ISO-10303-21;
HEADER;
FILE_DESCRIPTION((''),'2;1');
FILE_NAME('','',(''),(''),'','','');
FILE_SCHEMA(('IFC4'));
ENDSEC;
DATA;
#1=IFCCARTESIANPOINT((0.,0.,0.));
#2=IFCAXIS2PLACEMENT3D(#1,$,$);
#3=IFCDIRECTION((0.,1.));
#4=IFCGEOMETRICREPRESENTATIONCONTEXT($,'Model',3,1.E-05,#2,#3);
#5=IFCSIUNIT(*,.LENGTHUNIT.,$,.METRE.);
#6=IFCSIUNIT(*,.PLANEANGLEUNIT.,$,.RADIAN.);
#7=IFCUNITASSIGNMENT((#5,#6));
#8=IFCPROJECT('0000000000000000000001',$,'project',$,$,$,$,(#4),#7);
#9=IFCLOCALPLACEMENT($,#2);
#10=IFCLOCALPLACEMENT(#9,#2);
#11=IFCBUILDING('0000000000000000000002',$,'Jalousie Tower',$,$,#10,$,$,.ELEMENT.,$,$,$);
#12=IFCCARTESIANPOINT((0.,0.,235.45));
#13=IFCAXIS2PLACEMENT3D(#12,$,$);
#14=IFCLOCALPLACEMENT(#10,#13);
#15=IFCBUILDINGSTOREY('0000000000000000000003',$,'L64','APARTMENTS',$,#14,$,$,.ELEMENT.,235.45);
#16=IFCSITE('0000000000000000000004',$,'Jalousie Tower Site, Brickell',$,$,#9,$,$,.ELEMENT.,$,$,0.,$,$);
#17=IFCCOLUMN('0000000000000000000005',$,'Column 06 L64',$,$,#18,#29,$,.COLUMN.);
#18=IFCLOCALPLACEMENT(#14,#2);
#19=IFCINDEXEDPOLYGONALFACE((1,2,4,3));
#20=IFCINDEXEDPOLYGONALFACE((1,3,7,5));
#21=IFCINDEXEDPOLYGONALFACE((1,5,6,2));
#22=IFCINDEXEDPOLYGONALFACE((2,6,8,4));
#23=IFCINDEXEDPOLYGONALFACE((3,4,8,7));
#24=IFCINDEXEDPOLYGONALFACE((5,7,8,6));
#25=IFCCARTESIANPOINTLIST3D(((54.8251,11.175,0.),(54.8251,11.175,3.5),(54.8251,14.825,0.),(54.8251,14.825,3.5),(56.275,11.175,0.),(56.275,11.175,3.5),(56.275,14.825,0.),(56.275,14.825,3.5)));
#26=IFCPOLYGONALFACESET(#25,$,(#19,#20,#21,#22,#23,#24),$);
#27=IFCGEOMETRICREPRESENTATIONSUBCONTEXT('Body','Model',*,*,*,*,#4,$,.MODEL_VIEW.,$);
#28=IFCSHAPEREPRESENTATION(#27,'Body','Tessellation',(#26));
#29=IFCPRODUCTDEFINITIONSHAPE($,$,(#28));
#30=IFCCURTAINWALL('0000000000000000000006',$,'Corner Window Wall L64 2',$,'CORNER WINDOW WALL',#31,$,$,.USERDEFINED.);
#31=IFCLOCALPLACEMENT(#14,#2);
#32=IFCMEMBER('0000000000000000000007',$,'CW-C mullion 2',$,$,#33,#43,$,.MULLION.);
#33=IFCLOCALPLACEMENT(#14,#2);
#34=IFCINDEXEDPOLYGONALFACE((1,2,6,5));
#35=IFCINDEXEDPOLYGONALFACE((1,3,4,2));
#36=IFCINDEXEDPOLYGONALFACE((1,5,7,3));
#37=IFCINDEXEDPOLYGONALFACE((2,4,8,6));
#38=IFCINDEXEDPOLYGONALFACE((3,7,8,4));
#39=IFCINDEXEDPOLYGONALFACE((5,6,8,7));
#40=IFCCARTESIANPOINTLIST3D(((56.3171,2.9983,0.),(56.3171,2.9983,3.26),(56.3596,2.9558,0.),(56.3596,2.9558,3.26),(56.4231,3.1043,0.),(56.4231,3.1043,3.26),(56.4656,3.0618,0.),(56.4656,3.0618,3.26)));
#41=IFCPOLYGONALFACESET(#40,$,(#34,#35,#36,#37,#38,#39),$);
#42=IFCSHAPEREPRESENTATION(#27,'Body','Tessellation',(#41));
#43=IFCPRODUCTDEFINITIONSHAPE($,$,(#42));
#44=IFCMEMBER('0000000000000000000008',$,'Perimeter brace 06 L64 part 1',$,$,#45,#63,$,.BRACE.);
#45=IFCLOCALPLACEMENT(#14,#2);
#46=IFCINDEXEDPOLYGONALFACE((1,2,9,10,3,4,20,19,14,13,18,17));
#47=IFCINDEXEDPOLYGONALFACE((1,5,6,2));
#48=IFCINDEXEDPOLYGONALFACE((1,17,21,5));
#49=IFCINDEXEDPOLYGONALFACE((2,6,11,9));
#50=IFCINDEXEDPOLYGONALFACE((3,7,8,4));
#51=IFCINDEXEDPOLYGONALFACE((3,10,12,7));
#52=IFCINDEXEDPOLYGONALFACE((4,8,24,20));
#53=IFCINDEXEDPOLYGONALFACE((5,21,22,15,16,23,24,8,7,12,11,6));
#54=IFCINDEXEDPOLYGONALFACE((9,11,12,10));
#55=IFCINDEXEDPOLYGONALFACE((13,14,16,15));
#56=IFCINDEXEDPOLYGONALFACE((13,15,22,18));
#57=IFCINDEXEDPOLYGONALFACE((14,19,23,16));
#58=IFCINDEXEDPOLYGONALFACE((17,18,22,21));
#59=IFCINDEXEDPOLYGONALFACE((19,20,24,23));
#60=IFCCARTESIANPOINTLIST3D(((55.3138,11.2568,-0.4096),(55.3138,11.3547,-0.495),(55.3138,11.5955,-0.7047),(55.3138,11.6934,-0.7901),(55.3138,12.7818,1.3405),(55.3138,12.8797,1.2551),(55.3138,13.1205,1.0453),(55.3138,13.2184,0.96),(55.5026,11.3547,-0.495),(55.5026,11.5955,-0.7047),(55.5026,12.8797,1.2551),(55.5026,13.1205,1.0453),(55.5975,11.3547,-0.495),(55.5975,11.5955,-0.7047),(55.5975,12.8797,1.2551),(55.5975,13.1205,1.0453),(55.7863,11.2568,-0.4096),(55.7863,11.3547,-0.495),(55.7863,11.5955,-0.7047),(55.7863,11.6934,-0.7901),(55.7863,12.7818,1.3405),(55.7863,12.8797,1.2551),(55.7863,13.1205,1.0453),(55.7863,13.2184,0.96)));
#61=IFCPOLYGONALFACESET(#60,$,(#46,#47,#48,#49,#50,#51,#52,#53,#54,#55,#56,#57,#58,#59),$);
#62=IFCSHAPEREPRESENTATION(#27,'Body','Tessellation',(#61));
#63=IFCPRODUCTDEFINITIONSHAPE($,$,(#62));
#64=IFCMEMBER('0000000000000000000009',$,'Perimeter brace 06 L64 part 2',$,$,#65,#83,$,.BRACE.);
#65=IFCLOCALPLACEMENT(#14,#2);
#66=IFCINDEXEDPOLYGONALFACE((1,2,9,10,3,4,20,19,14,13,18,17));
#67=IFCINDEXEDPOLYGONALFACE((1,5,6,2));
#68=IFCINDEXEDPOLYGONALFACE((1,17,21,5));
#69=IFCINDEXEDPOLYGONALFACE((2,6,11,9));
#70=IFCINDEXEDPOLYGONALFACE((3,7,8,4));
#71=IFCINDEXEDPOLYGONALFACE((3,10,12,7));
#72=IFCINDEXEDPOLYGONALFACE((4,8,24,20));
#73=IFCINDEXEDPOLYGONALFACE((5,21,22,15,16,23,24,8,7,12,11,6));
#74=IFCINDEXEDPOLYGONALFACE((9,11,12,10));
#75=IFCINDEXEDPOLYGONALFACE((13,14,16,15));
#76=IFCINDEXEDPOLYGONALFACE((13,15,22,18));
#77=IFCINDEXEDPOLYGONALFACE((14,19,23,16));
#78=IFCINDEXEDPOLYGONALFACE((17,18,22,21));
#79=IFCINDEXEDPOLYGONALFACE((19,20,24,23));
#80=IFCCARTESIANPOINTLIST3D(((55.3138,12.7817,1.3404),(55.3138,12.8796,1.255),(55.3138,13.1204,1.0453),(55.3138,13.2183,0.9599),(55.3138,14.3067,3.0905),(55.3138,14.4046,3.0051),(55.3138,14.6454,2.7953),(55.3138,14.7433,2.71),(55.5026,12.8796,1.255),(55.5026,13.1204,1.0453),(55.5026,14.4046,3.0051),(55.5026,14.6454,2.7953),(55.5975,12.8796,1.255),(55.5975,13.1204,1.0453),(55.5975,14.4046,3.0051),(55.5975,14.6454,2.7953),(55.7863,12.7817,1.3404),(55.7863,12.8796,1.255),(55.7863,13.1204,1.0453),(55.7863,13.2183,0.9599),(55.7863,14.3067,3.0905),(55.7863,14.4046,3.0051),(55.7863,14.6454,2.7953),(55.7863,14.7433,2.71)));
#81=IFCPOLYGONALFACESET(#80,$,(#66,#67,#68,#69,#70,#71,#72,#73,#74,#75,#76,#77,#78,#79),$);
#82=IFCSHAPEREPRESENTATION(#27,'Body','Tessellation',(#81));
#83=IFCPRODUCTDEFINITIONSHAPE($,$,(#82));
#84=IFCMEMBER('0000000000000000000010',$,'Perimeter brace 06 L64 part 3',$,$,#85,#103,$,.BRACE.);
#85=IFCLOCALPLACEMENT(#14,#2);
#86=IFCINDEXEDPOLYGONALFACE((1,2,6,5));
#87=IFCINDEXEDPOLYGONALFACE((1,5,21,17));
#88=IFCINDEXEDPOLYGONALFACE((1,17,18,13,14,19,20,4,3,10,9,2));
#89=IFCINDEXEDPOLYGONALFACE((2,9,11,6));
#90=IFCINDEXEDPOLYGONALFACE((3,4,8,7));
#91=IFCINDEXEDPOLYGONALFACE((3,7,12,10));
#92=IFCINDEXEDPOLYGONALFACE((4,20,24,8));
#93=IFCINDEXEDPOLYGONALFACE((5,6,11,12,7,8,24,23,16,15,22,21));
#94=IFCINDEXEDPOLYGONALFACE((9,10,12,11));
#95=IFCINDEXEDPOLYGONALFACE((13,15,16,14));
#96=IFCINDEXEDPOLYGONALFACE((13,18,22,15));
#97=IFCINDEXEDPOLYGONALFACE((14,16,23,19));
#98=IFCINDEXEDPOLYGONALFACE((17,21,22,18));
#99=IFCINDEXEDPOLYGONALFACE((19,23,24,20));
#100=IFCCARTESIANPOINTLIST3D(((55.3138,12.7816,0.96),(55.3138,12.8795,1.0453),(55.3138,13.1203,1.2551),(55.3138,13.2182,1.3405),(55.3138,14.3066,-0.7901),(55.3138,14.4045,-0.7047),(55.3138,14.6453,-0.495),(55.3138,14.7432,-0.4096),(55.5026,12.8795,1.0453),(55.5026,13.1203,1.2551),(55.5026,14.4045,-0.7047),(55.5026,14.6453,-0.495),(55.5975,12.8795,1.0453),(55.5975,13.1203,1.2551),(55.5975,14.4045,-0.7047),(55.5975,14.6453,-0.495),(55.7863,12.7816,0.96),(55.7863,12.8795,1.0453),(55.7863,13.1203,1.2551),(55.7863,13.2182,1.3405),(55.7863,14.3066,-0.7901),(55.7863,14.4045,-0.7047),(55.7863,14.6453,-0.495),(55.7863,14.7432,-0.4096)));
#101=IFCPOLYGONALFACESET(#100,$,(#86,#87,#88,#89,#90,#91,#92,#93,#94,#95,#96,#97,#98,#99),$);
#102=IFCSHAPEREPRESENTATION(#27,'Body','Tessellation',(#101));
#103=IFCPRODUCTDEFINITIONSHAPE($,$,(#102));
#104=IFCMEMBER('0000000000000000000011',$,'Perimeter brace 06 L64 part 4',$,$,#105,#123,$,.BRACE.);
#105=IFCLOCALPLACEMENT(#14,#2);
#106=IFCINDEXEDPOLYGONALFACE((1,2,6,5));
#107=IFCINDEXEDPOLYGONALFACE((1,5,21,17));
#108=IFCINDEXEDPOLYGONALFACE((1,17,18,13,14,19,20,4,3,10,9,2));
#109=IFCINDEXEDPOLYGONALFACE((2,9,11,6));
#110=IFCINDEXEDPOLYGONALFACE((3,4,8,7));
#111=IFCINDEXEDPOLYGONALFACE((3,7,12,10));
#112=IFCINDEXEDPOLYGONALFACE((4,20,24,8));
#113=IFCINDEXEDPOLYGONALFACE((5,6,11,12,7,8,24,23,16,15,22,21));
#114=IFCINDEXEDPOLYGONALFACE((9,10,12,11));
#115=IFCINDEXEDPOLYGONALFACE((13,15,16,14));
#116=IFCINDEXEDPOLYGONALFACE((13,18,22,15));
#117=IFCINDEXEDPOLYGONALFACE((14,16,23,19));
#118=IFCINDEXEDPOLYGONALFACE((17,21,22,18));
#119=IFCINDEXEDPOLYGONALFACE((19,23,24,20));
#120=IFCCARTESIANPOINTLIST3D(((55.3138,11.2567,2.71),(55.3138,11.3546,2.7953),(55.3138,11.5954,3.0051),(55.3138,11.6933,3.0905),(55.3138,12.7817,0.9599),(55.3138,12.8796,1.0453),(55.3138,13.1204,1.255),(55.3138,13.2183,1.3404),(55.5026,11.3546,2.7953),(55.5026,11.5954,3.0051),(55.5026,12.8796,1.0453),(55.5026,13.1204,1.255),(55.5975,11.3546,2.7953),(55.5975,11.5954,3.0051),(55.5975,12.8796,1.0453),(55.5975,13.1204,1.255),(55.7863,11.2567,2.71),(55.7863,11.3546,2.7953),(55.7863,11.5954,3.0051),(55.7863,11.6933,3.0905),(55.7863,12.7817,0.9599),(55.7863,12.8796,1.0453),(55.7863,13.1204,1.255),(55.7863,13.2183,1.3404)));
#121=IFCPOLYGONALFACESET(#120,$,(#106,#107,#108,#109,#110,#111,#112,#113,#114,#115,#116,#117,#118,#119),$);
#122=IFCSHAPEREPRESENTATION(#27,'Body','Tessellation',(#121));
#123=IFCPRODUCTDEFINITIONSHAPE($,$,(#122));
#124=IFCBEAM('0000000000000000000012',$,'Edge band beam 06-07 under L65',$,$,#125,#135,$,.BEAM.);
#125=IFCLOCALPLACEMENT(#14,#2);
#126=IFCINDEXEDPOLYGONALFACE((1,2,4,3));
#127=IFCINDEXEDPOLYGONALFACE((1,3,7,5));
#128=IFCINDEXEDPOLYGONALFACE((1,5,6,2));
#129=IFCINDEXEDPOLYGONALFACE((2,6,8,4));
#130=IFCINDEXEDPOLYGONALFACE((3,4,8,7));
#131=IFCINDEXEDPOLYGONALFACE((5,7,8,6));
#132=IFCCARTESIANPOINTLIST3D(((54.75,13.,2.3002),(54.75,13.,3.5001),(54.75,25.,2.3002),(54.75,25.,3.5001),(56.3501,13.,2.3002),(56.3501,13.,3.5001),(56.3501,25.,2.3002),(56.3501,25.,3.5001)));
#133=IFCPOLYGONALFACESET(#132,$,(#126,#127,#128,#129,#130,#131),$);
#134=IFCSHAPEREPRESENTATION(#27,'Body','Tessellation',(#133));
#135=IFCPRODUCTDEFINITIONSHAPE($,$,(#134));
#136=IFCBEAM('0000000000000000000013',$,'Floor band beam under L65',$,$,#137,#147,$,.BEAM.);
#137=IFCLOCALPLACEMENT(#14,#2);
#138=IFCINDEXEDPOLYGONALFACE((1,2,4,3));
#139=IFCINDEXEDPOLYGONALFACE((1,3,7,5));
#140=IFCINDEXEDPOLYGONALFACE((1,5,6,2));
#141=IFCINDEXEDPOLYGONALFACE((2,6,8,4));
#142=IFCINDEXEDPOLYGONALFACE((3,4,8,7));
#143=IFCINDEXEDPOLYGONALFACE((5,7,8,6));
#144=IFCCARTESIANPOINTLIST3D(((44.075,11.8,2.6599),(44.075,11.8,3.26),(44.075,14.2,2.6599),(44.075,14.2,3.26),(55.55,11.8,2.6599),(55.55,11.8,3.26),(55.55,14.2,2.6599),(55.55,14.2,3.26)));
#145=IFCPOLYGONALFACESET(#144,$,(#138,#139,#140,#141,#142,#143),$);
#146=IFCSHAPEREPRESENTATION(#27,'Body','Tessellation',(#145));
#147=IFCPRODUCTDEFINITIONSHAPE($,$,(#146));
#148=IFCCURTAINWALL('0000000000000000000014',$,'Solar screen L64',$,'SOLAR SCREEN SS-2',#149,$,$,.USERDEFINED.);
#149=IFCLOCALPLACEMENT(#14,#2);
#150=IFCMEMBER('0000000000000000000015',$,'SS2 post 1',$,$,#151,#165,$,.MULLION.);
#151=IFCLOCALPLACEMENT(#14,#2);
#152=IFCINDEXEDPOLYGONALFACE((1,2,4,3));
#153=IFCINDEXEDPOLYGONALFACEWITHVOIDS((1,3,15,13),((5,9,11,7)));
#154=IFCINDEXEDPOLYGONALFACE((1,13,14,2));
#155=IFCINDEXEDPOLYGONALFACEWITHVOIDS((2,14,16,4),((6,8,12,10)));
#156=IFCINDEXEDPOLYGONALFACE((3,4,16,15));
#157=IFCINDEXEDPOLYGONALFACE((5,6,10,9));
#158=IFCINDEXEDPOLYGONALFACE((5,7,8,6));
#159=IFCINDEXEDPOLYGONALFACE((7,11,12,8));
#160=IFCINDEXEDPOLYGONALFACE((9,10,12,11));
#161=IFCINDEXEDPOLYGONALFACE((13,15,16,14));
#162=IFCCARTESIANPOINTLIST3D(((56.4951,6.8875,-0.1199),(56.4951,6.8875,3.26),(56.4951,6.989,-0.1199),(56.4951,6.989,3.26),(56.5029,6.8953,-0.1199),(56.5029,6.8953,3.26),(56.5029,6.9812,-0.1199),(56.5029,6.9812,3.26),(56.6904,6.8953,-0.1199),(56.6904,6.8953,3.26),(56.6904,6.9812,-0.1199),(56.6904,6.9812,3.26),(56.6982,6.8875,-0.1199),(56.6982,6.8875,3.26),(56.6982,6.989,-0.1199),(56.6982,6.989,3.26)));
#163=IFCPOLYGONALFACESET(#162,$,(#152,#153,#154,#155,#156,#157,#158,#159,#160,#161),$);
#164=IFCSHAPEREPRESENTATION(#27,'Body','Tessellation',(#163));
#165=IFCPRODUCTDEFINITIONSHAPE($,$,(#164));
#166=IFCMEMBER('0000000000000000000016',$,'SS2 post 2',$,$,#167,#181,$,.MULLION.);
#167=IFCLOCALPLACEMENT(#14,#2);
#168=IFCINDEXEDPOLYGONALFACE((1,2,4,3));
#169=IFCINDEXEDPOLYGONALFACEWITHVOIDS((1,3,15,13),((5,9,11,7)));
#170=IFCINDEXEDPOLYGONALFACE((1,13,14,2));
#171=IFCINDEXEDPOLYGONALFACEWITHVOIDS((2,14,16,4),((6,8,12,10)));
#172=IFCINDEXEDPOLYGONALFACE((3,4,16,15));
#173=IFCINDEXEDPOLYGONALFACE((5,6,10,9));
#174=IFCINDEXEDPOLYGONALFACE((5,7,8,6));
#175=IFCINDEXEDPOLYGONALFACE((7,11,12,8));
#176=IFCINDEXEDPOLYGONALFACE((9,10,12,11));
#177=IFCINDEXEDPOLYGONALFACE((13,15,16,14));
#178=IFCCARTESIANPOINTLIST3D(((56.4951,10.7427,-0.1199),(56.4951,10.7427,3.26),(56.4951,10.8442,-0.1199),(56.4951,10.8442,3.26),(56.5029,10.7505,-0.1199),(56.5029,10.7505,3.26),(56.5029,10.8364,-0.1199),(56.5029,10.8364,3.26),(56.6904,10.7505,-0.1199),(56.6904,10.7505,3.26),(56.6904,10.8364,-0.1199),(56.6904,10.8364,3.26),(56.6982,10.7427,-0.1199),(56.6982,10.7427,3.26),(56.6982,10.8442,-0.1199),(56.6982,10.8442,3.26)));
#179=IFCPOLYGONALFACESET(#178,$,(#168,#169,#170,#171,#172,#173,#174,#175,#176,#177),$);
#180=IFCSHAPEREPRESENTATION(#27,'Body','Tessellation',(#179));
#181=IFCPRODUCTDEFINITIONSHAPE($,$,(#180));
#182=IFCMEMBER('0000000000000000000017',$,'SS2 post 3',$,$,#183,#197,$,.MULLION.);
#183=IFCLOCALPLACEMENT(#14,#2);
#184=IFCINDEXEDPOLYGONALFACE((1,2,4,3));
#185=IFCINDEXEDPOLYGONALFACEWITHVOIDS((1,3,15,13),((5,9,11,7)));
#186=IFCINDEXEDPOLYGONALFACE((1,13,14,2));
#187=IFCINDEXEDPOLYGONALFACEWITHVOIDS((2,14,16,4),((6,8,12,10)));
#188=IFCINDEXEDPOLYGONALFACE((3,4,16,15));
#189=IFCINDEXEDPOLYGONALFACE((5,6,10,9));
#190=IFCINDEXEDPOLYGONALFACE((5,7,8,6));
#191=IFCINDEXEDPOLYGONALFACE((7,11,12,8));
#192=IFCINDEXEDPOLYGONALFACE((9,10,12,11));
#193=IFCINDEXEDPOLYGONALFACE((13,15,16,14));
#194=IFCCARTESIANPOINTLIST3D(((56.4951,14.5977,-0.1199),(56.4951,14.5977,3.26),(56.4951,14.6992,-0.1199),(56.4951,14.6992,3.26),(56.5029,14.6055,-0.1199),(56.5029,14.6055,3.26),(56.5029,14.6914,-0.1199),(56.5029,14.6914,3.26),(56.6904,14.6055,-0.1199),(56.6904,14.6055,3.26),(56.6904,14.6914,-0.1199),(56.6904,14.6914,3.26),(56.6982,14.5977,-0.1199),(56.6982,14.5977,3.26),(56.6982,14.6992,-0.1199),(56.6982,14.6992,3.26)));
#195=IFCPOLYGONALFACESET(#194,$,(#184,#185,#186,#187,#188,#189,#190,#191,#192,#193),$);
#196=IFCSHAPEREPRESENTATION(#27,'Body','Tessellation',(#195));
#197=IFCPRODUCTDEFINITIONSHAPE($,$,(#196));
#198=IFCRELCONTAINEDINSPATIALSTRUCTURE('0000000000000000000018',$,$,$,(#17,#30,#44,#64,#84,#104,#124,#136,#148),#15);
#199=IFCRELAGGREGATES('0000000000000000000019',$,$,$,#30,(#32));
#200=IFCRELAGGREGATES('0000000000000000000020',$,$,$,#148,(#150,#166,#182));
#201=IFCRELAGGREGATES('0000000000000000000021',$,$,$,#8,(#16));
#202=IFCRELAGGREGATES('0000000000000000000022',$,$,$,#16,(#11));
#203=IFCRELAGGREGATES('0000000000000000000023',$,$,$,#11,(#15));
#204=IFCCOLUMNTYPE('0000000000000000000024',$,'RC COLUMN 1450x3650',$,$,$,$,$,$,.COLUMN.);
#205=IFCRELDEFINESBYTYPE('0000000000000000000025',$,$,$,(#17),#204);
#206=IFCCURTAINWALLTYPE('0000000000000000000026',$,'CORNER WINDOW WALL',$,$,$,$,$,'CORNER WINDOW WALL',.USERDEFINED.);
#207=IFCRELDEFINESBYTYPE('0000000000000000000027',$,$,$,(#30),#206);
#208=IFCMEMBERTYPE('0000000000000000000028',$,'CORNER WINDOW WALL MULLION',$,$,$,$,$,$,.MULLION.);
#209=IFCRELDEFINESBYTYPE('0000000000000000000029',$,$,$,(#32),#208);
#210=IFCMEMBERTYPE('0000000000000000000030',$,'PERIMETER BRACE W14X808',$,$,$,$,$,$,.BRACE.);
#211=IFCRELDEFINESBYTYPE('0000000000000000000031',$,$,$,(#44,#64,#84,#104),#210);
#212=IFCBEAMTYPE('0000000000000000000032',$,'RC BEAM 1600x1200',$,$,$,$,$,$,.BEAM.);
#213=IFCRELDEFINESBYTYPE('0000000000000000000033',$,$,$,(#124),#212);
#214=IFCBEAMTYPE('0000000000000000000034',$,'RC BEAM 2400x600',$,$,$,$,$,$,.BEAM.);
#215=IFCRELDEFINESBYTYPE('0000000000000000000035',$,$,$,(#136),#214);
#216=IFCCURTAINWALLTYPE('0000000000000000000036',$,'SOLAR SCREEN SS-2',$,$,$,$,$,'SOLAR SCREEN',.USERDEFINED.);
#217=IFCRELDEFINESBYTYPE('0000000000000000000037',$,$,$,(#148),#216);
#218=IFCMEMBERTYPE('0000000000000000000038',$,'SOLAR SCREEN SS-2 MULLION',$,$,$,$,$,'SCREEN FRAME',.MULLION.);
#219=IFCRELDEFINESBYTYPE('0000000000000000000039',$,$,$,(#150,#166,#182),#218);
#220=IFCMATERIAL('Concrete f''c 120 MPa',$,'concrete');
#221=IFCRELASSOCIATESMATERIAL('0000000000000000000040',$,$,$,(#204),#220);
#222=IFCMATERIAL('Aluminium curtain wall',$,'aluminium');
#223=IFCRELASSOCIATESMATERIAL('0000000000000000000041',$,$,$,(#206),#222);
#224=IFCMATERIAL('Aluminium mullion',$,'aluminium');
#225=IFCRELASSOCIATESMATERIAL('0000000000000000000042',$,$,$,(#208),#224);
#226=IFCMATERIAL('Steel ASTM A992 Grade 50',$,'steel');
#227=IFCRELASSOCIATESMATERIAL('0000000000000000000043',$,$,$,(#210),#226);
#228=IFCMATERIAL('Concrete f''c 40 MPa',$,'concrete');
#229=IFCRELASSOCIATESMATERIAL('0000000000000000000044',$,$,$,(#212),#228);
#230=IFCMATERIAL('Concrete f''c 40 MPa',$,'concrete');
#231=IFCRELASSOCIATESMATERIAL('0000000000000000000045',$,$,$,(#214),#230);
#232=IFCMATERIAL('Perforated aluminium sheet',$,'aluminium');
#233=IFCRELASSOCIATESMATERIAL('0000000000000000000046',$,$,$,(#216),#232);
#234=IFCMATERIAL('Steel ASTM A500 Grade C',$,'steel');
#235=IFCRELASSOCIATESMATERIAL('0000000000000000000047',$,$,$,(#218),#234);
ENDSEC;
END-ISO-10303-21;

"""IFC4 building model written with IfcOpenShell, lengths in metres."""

from ifc_helpers import new_model, si_unit, direction, frame, origin, origin_2d, place, context, subcontext, project, spatial, rectangle, hollow_rectangle, i_section, extrude, material, material_profile, profile_set, type_object, element, aggregate, save


model = new_model("IFC4")

# Units and contexts
model_context = context("Model", 3, precision=1e-05, world=origin(), true_north=direction((0.0, 1.0)))
body_context = subcontext(model_context, "Body", "Model", "MODEL_VIEW")
ifc_project = project(units=[si_unit("LENGTHUNIT", "METRE"), si_unit("PLANEANGLEUNIT", "RADIAN")], contexts=[model_context])

# Site, building, storey
site_placement = place(None, origin())
site = spatial("IfcSite", under=ifc_project, at=site_placement, Name="Jalousie Tower Site, Brickell", CompositionType="ELEMENT", RefElevation=0.0)
building_placement = place(site_placement, origin())
building = spatial("IfcBuilding", under=site, at=building_placement, Name="Jalousie Tower", CompositionType="ELEMENT")
storey_placement = place(building_placement, frame((0.0, 0.0, 235.45)))
storey = spatial("IfcBuildingStorey", under=building, at=storey_placement, Name="L64", Description="APARTMENTS", CompositionType="ELEMENT", Elevation=235.45)

# Column
ifc_material_1 = material(Name="Concrete f'c 120 MPa", Category="concrete")
ifc_material_profile_1 = material_profile(ifc_material_1, rectangle(XDim=1.45, YDim=3.6499, at=origin_2d()), Name="RC 1450x3650")
ifc_profile_set_1 = profile_set([ifc_material_profile_1], Name="Concrete f'c 120 MPa")
column_type = type_object("IfcColumnType", Name="RC COLUMN 1450x3650", PredefinedType="COLUMN", material=ifc_profile_set_1)
column_placement = place(storey_placement, frame((55.55, 13.0, 0.0), z_axis=(0.0, 0.0, 1.0), x_axis=(1.0, 0.0, 0.0)))
element("IfcColumn", 1, at=column_placement, inside=storey, type_object=column_type, Name="Column 06 L64", PredefinedType="COLUMN", context=body_context, shape_type="SweptSolid", body=[
    extrude(rectangle(XDim=1.45, YDim=3.6499, at=origin_2d()), origin(), (0.0, 0.0, 1.0), 3.5),
])

# Curtain wall, member
ifc_material_2 = material(Name="Aluminium curtain wall", Category="aluminium")
curtain_wall_type_1 = type_object("IfcCurtainWallType", Name="CORNER WINDOW WALL", ElementType="CORNER WINDOW WALL", PredefinedType="USERDEFINED", material=ifc_material_2)
curtain_wall_1_placement = place(storey_placement, origin())
curtain_wall_1 = element("IfcCurtainWall", 2, at=curtain_wall_1_placement, inside=storey, type_object=curtain_wall_type_1, Name="Corner Window Wall L64 2", ObjectType="CORNER WINDOW WALL", PredefinedType="USERDEFINED")
ifc_material_3 = material(Name="Aluminium mullion", Category="aluminium")
ifc_material_profile_2 = material_profile(ifc_material_3, rectangle(XDim=0.0601, YDim=0.1499, at=origin_2d()), Name="MULLION 60x150")
ifc_profile_set_2 = profile_set([ifc_material_profile_2], Name="Aluminium mullion")
member_type_1 = type_object("IfcMemberType", Name="CORNER WINDOW WALL MULLION", PredefinedType="MULLION", material=ifc_profile_set_2)
member_1_placement = place(storey_placement, frame((56.3914, 3.03, 0.0), z_axis=(0.0, 0.0, 1.0), x_axis=(-0.707107, 0.707107, 0.0)))
member_1 = element("IfcMember", 3, at=member_1_placement, type_object=member_type_1, Name="CW-C mullion 2", PredefinedType="MULLION", context=body_context, shape_type="SweptSolid", body=[
    extrude(rectangle(XDim=0.0601, YDim=0.1499, at=origin_2d()), origin(), (0.0, 0.0, 1.0), 3.26),
])
aggregate(curtain_wall_1, [member_1])

# Members
ifc_material_4 = material(Name="Steel ASTM A992 Grade 50", Category="steel")
ifc_material_profile_3 = material_profile(ifc_material_4, i_section(OverallWidth=0.4724, OverallDepth=0.5791, WebThickness=0.095, FlangeThickness=0.1299, at=origin_2d()), Name="W14X808")
ifc_profile_set_3 = profile_set([ifc_material_profile_3], Name="Steel ASTM A992 Grade 50")
member_type_2 = type_object("IfcMemberType", Name="PERIMETER BRACE W14X808", PredefinedType="BRACE", material=ifc_profile_set_3)
for number, where, z_axis, x_axis, name in (
    (4, (55.55, 11.4751, -0.5999), (0.0, 0.656954, 0.75393), (-1.0, 0.0, 0.0), "Perimeter brace 06 L64 part 1"),
    (5, (55.55, 13.0, 1.1501), (0.0, 0.656954, 0.75393), (-1.0, 0.0, 0.0), "Perimeter brace 06 L64 part 2"),
    (6, (55.55, 14.5249, -0.5999), (0.0, -0.656954, 0.75393), (1.0, 0.0, 0.0), "Perimeter brace 06 L64 part 3"),
    (7, (55.55, 13.0, 1.1501), (0.0, -0.656954, 0.75393), (1.0, 0.0, 0.0), "Perimeter brace 06 L64 part 4"),
):
    element("IfcMember", number, at=place(storey_placement, frame(where, z_axis=z_axis, x_axis=x_axis)), inside=storey, type_object=member_type_2, Name=name, PredefinedType="BRACE", context=body_context, shape_type="SweptSolid", body=[
        extrude(i_section(OverallWidth=0.4724, OverallDepth=0.5791, WebThickness=0.095, FlangeThickness=0.1299, at=origin_2d()), origin(), (0.0, 0.0, 1.0), 2.3213),
    ])

# Beams
ifc_material_5 = material(Name="Concrete f'c 40 MPa", Category="concrete")
ifc_material_profile_4 = material_profile(ifc_material_5, rectangle(XDim=1.6001, YDim=1.2, at=origin_2d()), Name="RC 1600x1200")
ifc_profile_set_4 = profile_set([ifc_material_profile_4], Name="Concrete f'c 40 MPa")
beam_type_1 = type_object("IfcBeamType", Name="RC BEAM 1600x1200", PredefinedType="BEAM", material=ifc_profile_set_4)
beam_1_placement = place(storey_placement, frame((55.55, 13.0, 2.9001), z_axis=(0.0, 1.0, 0.0), x_axis=(-1.0, 0.0, 0.0)))
element("IfcBeam", 8, at=beam_1_placement, inside=storey, type_object=beam_type_1, Name="Edge band beam 06-07 under L65", PredefinedType="BEAM", context=body_context, shape_type="SweptSolid", body=[
    extrude(rectangle(XDim=1.6001, YDim=1.2, at=origin_2d()), origin(), (0.0, 0.0, 1.0), 12.0),
])
ifc_material_6 = material(Name="Concrete f'c 40 MPa", Category="concrete")
ifc_material_profile_5 = material_profile(ifc_material_6, rectangle(XDim=2.3999, YDim=0.6001, at=origin_2d()), Name="RC 2400x600")
ifc_profile_set_5 = profile_set([ifc_material_profile_5], Name="Concrete f'c 40 MPa")
beam_type_2 = type_object("IfcBeamType", Name="RC BEAM 2400x600", PredefinedType="BEAM", material=ifc_profile_set_5)
beam_2_placement = place(storey_placement, frame((55.55, 13.0, 2.96), z_axis=(-1.0, 0.0, 0.0), x_axis=(0.0, -1.0, 0.0)))
element("IfcBeam", 9, at=beam_2_placement, inside=storey, type_object=beam_type_2, Name="Floor band beam under L65", PredefinedType="BEAM", context=body_context, shape_type="SweptSolid", body=[
    extrude(rectangle(XDim=2.3999, YDim=0.6001, at=origin_2d()), origin(), (0.0, 0.0, 1.0), 11.4751),
])

# Curtain wall, members
ifc_material_7 = material(Name="Perforated aluminium sheet", Category="aluminium")
curtain_wall_type_2 = type_object("IfcCurtainWallType", Name="SOLAR SCREEN SS-2", ElementType="SOLAR SCREEN", PredefinedType="USERDEFINED", material=ifc_material_7)
curtain_wall_2_placement = place(storey_placement, origin())
curtain_wall_2 = element("IfcCurtainWall", 10, at=curtain_wall_2_placement, inside=storey, type_object=curtain_wall_type_2, Name="Solar screen L64", ObjectType="SOLAR SCREEN SS-2", PredefinedType="USERDEFINED")
ifc_material_8 = material(Name="Steel ASTM A500 Grade C", Category="steel")
ifc_material_profile_6 = material_profile(ifc_material_8, hollow_rectangle(XDim=0.1016, YDim=0.2031, WallThickness=0.0078, at=origin_2d()), Name="HSS8X4X5/16")
ifc_profile_set_6 = profile_set([ifc_material_profile_6], Name="Steel ASTM A500 Grade C")
member_type_3 = type_object("IfcMemberType", Name="SOLAR SCREEN SS-2 MULLION", ElementType="SCREEN FRAME", PredefinedType="MULLION", material=ifc_profile_set_6)
member_2_placement = place(storey_placement, frame((56.5967, 6.9382, -0.1199), z_axis=(0.0, 0.0, 1.0), x_axis=(0.0, 1.0, 0.0)))
member_2 = element("IfcMember", 11, at=member_2_placement, type_object=member_type_3, Name="SS2 post 1", PredefinedType="MULLION", context=body_context, shape_type="SweptSolid", body=[
    extrude(hollow_rectangle(XDim=0.1016, YDim=0.2031, WallThickness=0.0078, at=origin_2d()), origin(), (0.0, 0.0, 1.0), 3.3799),
])
member_3_placement = place(storey_placement, frame((56.5967, 10.7935, -0.1199), z_axis=(0.0, 0.0, 1.0), x_axis=(0.0, 1.0, 0.0)))
member_3 = element("IfcMember", 12, at=member_3_placement, type_object=member_type_3, Name="SS2 post 2", PredefinedType="MULLION", context=body_context, shape_type="SweptSolid", body=[
    extrude(hollow_rectangle(XDim=0.1016, YDim=0.2031, WallThickness=0.0078, at=origin_2d()), origin(), (0.0, 0.0, 1.0), 3.3799),
])
member_4_placement = place(storey_placement, frame((56.5967, 14.6484, -0.1199), z_axis=(0.0, 0.0, 1.0), x_axis=(0.0, 1.0, 0.0)))
member_4 = element("IfcMember", 13, at=member_4_placement, type_object=member_type_3, Name="SS2 post 3", PredefinedType="MULLION", context=body_context, shape_type="SweptSolid", body=[
    extrude(hollow_rectangle(XDim=0.1016, YDim=0.2031, WallThickness=0.0078, at=origin_2d()), origin(), (0.0, 0.0, 1.0), 3.3799),
])
aggregate(curtain_wall_2, [member_2, member_3, member_4])

save(model, "model.ifc")
